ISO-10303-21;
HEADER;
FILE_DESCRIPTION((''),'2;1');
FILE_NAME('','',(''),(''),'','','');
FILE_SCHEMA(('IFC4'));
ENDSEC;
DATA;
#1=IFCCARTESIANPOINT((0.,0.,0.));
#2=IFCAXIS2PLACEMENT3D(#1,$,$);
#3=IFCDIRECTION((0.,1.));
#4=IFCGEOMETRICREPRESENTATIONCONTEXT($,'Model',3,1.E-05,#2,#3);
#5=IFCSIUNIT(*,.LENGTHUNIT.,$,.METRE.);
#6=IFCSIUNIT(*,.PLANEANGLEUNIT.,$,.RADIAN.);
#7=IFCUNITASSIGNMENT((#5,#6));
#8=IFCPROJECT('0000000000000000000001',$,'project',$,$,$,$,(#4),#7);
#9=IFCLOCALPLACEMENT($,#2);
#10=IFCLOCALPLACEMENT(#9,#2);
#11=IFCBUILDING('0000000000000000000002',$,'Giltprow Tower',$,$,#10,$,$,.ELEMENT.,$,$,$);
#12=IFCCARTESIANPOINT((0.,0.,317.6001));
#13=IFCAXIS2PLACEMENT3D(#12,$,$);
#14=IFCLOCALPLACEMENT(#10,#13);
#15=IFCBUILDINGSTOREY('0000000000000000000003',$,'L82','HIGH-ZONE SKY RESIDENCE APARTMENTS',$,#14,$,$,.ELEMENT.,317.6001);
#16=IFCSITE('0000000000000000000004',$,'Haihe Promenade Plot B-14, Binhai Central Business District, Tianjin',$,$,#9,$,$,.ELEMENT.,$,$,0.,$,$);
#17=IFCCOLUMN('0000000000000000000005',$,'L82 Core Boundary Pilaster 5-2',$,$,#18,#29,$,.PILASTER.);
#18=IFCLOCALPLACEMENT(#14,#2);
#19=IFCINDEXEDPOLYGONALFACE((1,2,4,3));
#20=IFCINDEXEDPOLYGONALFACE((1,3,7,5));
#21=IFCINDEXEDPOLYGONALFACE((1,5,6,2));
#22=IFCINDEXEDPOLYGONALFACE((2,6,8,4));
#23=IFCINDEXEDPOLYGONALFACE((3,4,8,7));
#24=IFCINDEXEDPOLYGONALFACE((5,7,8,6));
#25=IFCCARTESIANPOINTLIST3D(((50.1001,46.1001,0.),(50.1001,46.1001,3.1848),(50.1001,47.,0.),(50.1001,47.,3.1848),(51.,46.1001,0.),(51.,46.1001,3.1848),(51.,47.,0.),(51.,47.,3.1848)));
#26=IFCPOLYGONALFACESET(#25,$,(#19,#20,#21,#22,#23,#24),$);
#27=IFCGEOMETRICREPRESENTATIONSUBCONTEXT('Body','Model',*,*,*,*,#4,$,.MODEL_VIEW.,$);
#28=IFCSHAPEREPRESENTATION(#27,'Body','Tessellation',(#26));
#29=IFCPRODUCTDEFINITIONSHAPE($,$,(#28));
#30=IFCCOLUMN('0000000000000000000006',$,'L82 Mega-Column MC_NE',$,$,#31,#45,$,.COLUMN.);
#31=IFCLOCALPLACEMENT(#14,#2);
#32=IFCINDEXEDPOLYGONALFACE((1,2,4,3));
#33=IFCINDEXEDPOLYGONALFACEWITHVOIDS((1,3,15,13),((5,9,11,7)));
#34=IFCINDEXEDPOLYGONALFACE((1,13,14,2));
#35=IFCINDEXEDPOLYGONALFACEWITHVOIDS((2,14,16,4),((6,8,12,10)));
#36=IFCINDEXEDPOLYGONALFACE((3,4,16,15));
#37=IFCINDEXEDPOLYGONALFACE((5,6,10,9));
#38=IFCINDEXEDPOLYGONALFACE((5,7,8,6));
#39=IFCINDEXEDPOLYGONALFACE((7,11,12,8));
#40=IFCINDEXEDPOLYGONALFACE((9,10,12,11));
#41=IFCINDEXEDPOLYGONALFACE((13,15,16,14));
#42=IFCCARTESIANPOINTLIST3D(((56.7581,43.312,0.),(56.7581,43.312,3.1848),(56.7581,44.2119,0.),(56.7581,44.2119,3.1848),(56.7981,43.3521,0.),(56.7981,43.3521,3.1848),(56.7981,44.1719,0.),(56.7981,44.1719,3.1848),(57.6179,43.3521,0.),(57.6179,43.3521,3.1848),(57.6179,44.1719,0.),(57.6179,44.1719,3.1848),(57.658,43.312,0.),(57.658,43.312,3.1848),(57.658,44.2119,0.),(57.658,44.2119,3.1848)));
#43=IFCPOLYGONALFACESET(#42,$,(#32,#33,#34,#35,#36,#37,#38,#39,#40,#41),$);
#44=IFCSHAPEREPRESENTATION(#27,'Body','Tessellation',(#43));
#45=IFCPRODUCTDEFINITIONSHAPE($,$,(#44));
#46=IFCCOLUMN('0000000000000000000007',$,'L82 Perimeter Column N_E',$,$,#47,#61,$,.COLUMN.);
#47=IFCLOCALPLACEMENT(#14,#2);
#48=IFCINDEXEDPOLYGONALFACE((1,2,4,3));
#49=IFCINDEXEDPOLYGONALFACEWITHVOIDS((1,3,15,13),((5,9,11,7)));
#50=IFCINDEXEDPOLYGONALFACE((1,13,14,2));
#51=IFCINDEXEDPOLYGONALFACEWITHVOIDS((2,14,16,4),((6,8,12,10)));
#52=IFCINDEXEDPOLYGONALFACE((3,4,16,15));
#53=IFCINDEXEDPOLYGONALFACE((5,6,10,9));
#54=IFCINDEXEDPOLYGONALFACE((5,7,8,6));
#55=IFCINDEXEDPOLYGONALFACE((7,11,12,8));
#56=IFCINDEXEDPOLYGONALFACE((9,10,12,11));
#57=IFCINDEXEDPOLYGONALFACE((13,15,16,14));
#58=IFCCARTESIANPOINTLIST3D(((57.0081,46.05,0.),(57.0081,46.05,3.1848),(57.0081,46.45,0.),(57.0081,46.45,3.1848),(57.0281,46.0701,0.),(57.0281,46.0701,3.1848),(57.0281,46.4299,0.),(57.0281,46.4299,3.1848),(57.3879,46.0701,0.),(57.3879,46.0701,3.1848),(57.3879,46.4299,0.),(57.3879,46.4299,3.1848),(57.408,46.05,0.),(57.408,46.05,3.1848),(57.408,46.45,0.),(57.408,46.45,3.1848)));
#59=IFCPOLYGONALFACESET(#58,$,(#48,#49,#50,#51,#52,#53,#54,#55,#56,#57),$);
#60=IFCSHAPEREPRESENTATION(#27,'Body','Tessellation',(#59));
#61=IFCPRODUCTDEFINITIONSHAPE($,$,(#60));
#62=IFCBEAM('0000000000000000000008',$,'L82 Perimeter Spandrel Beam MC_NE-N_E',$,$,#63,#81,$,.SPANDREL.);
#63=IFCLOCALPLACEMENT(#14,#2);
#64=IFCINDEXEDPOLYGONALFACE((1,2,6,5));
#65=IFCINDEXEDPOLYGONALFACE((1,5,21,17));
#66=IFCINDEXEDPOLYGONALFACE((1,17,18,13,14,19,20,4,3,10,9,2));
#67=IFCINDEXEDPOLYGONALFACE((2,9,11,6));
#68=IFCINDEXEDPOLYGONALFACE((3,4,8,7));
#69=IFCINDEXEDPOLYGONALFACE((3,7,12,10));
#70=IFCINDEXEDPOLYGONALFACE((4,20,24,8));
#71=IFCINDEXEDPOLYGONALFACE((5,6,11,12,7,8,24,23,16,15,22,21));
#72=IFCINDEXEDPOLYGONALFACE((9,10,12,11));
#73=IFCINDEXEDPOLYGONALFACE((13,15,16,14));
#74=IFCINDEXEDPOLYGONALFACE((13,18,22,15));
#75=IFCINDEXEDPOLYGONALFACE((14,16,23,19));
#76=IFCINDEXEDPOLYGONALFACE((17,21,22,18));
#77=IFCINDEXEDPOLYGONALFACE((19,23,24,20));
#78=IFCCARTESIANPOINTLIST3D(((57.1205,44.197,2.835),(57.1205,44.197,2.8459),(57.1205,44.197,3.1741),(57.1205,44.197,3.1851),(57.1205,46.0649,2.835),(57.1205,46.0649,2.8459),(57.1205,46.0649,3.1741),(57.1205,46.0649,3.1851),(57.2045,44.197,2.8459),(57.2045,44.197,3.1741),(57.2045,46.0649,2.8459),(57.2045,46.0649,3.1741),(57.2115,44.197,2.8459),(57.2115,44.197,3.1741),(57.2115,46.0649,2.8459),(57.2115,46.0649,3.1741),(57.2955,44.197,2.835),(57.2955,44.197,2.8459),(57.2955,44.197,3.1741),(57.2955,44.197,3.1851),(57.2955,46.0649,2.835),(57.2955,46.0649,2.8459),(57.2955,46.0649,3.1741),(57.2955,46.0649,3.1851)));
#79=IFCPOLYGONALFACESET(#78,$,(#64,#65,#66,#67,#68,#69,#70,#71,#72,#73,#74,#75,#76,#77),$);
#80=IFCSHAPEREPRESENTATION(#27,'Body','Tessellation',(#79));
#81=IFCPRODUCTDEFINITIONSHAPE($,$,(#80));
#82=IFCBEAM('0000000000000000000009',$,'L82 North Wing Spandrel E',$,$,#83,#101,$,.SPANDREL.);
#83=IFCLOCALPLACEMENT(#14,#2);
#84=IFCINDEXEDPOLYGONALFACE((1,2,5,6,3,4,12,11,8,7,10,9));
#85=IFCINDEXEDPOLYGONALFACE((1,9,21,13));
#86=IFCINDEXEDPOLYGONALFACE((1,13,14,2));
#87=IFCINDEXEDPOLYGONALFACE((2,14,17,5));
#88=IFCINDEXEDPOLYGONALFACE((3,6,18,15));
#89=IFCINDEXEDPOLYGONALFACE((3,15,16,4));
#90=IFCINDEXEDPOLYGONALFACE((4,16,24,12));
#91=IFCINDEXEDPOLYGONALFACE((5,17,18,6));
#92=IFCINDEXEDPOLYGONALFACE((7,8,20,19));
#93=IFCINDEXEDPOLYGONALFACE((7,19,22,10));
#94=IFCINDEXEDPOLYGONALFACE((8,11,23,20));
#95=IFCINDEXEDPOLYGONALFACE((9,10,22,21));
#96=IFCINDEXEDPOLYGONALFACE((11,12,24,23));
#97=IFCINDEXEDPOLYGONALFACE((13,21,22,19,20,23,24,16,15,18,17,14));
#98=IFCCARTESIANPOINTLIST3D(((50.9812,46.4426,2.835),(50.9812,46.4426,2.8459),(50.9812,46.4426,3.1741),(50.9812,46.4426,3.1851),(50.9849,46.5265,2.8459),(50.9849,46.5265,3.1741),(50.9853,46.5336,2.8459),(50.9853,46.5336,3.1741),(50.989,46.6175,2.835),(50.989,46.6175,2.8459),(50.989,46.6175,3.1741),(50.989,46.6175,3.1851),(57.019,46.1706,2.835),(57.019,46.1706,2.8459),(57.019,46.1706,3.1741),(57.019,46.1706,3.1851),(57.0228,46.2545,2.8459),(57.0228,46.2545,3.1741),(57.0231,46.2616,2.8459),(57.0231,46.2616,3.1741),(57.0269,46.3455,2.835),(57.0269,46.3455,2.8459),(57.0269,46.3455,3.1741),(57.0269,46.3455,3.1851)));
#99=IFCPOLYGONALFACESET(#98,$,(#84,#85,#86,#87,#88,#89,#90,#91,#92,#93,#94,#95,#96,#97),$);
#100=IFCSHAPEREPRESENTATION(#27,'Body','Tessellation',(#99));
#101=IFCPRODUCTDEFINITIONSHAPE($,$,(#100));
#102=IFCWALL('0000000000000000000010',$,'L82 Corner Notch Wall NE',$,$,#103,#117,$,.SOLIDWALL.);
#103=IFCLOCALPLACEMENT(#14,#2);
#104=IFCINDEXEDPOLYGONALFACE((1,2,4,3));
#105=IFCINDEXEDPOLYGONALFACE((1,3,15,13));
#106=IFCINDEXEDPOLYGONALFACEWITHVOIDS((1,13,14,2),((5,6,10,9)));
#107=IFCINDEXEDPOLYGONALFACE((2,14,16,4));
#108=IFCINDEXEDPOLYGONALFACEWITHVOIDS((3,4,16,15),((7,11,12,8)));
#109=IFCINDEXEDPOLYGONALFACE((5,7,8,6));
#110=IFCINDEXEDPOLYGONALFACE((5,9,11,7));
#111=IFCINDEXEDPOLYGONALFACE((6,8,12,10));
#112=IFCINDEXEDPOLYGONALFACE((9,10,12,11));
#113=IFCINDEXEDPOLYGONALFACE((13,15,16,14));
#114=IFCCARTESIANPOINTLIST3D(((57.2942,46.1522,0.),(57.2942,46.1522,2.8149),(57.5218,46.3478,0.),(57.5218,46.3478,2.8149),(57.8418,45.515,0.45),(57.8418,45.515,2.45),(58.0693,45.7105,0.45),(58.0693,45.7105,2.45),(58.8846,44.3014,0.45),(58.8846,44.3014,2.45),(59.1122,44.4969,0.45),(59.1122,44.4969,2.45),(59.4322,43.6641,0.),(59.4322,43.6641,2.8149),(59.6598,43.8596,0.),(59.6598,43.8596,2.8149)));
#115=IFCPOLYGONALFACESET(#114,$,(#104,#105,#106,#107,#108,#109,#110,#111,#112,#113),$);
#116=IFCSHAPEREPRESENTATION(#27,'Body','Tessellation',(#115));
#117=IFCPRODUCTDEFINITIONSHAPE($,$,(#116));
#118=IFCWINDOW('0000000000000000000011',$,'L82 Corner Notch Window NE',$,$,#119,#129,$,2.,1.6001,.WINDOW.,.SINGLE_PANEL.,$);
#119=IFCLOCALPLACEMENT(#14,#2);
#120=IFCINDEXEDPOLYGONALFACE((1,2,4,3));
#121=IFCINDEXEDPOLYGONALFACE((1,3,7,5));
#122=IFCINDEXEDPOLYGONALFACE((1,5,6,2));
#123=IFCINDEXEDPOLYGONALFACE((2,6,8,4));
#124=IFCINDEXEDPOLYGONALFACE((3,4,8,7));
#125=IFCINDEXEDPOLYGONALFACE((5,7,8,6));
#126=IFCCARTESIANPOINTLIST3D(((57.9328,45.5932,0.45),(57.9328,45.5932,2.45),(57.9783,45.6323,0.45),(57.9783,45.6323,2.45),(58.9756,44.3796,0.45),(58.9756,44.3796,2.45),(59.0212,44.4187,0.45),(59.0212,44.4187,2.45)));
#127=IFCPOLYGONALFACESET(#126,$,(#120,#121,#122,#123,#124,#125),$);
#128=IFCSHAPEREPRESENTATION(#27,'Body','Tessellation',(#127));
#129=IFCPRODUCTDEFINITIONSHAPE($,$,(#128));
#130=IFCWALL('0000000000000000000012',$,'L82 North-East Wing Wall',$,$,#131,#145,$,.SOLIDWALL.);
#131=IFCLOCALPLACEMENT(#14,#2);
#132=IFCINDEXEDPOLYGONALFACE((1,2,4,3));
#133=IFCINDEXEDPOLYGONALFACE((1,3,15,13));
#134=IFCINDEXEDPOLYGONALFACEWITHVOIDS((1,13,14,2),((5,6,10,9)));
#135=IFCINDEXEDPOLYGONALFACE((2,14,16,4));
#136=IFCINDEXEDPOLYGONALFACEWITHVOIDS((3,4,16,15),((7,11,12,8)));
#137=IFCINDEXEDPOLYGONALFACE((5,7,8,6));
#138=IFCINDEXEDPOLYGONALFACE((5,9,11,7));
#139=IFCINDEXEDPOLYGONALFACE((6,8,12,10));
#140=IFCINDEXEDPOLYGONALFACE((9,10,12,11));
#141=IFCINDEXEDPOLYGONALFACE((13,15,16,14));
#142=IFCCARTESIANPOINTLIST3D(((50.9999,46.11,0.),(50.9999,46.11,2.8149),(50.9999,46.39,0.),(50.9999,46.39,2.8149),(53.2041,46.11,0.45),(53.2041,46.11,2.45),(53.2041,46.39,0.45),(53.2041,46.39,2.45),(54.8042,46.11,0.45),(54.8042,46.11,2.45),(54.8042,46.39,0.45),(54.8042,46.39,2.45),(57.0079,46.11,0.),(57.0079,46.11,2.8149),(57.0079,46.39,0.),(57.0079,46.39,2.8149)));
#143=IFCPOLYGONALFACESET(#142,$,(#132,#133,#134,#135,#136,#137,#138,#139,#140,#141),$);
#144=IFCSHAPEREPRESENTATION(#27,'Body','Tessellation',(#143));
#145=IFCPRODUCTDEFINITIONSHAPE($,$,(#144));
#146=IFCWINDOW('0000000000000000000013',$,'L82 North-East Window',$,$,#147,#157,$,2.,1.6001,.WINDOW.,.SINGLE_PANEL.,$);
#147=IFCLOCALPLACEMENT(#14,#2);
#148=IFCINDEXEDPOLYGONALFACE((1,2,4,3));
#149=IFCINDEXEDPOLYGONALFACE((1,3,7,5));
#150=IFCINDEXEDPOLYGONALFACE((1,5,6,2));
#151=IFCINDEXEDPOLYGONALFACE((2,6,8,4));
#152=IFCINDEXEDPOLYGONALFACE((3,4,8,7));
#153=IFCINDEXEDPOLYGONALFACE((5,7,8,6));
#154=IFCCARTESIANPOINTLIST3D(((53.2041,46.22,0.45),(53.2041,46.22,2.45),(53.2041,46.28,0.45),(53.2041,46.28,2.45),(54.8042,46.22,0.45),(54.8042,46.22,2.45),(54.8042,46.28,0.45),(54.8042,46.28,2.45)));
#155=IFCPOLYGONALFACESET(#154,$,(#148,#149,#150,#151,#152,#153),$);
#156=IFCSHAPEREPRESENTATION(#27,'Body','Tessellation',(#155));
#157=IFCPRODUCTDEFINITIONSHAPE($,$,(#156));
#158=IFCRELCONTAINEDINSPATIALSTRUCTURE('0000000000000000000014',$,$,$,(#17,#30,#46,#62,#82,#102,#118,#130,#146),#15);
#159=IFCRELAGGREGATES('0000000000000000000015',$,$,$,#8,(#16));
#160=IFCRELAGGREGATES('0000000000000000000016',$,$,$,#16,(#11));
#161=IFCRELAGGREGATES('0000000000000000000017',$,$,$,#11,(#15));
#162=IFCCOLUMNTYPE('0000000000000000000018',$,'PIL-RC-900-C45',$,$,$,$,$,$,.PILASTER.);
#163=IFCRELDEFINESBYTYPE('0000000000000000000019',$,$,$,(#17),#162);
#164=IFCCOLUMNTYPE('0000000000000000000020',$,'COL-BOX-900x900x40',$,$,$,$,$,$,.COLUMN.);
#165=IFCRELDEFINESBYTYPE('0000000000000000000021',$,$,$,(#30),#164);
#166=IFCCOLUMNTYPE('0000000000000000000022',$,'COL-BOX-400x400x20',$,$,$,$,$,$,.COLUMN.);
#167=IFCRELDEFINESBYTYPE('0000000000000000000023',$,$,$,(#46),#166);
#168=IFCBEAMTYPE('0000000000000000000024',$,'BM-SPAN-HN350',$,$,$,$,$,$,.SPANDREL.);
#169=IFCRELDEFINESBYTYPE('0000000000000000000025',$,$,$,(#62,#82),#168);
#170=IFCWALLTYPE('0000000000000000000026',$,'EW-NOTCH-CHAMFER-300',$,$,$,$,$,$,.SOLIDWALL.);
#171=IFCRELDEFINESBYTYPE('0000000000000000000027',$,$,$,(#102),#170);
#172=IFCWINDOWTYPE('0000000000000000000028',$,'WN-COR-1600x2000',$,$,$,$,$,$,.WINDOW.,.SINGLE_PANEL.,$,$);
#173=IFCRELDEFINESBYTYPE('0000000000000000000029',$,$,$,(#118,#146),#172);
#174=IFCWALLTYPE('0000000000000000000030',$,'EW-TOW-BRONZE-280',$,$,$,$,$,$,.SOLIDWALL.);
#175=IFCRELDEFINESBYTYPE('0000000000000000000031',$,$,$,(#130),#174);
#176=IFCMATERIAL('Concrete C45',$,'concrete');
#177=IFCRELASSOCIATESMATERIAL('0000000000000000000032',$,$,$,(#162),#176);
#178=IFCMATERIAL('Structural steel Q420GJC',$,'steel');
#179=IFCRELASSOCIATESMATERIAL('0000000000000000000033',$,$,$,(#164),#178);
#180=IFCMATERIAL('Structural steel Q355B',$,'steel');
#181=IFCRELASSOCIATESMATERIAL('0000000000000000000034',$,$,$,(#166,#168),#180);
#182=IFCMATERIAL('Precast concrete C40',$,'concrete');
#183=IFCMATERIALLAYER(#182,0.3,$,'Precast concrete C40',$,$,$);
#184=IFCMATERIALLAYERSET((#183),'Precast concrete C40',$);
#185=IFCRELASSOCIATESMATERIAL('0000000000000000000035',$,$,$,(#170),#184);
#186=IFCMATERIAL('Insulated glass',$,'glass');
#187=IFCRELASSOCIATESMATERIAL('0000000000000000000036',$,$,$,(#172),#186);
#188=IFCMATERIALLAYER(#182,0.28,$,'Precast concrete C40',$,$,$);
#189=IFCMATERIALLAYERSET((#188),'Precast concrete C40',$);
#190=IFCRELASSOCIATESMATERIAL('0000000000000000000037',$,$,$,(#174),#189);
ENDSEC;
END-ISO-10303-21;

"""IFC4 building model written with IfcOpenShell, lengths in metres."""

from ifc_helpers import new_model, si_unit, direction, frame, frame_2d, origin, origin_2d, place, context, subcontext, project, spatial, rectangle, hollow_rectangle, i_section, extrude, source, transform, mapped, material, layer, layer_set, material_profile, profile_set, type_object, element, fill, save


model = new_model("IFC4")

# Units and contexts
model_context = context("Model", 3, precision=1e-05, world=origin(), true_north=direction((0.0, 1.0)))
body_context = subcontext(model_context, "Body", "Model", "MODEL_VIEW")
ifc_project = project(units=[si_unit("LENGTHUNIT", "METRE"), si_unit("PLANEANGLEUNIT", "RADIAN")], contexts=[model_context])

# Site, building, storey
site_placement = place(None, origin())
site = spatial("IfcSite", under=ifc_project, at=site_placement, Name="Haihe Promenade Plot B-14, Binhai Central Business District, Tianjin", CompositionType="ELEMENT", RefElevation=0.0)
building_placement = place(site_placement, origin())
building = spatial("IfcBuilding", under=site, at=building_placement, Name="Giltprow Tower", CompositionType="ELEMENT")
storey_placement = place(building_placement, frame((0.0, 0.0, 317.6001)))
storey = spatial("IfcBuildingStorey", under=building, at=storey_placement, Name="L82", Description="HIGH-ZONE SKY RESIDENCE APARTMENTS", CompositionType="ELEMENT", Elevation=317.6001)

# Columns
ifc_material_1 = material(Name="Concrete C45", Category="concrete")
ifc_material_profile_1 = material_profile(ifc_material_1, rectangle(XDim=0.8999, YDim=0.8999, at=origin_2d()), Name="RC 900x900")
ifc_profile_set_1 = profile_set([ifc_material_profile_1], Name="Concrete C45")
column_type_1 = type_object("IfcColumnType", Name="PIL-RC-900-C45", PredefinedType="PILASTER", material=ifc_profile_set_1)
shared_shape_1 = source(origin(), body_context, "Body", "SweptSolid", [
    extrude(rectangle(XDim=0.8999, YDim=0.8999, at=origin_2d()), origin(), (0.0, 0.0, 1.0), 3.1848),
])
column_1_placement = place(storey_placement, frame((50.55, 46.55, 0.0), z_axis=(0.0, 0.0, 1.0), x_axis=(1.0, 0.0, 0.0)))
element("IfcColumn", 1, at=column_1_placement, inside=storey, type_object=column_type_1, Name="L82 Core Boundary Pilaster 5-2", PredefinedType="PILASTER", context=body_context, shape_type="MappedRepresentation", body=[
    mapped(shared_shape_1, transform((0.0, 0.0, 0.0), x_axis=(1.0, 0.0, 0.0), y_axis=(0.0, 1.0, 0.0), z_axis=(0.0, 0.0, 1.0), scale=1.0)),
])
ifc_material_2 = material(Name="Structural steel Q420GJC", Category="steel")
ifc_material_profile_2 = material_profile(ifc_material_2, hollow_rectangle(XDim=0.8999, YDim=0.8999, WallThickness=0.04, at=origin_2d()), Name="BOX 900x900x40")
ifc_profile_set_2 = profile_set([ifc_material_profile_2], Name="Structural steel Q420GJC")
column_type_2 = type_object("IfcColumnType", Name="COL-BOX-900x900x40", PredefinedType="COLUMN", material=ifc_profile_set_2)
shared_shape_2 = source(origin(), body_context, "Body", "SweptSolid", [
    extrude(hollow_rectangle(XDim=0.8999, YDim=0.8999, WallThickness=0.04, at=origin_2d()), origin(), (0.0, 0.0, 1.0), 3.1848),
])
column_2_placement = place(storey_placement, frame((57.208, 43.762, 0.0), z_axis=(0.0, 0.0, 1.0), x_axis=(1.0, 0.0, 0.0)))
element("IfcColumn", 2, at=column_2_placement, inside=storey, type_object=column_type_2, Name="L82 Mega-Column MC_NE", PredefinedType="COLUMN", context=body_context, shape_type="MappedRepresentation", body=[
    mapped(shared_shape_2, transform((0.0, 0.0, 0.0), x_axis=(1.0, 0.0, 0.0), y_axis=(0.0, 1.0, 0.0), z_axis=(0.0, 0.0, 1.0), scale=1.0)),
])
ifc_material_3 = material(Name="Structural steel Q355B", Category="steel")
ifc_material_profile_3 = material_profile(ifc_material_3, hollow_rectangle(XDim=0.3999, YDim=0.3999, WallThickness=0.02, at=origin_2d()), Name="BOX 400x400x20")
ifc_profile_set_3 = profile_set([ifc_material_profile_3], Name="Structural steel Q355B")
column_type_3 = type_object("IfcColumnType", Name="COL-BOX-400x400x20", PredefinedType="COLUMN", material=ifc_profile_set_3)
shared_shape_3 = source(origin(), body_context, "Body", "SweptSolid", [
    extrude(hollow_rectangle(XDim=0.3999, YDim=0.3999, WallThickness=0.02, at=origin_2d()), origin(), (0.0, 0.0, 1.0), 3.1848),
])
column_3_placement = place(storey_placement, frame((57.208, 46.25, 0.0), z_axis=(0.0, 0.0, 1.0), x_axis=(1.0, 0.0, 0.0)))
element("IfcColumn", 3, at=column_3_placement, inside=storey, type_object=column_type_3, Name="L82 Perimeter Column N_E", PredefinedType="COLUMN", context=body_context, shape_type="MappedRepresentation", body=[
    mapped(shared_shape_3, transform((0.0, 0.0, 0.0), x_axis=(1.0, 0.0, 0.0), y_axis=(0.0, 1.0, 0.0), z_axis=(0.0, 0.0, 1.0), scale=1.0)),
])

# Beams
ifc_material_profile_4 = material_profile(ifc_material_3, i_section(OverallWidth=0.175, OverallDepth=0.3501, WebThickness=0.0071, FlangeThickness=0.011, at=origin_2d()), Name="HN 350x175x7x11")
ifc_profile_set_4 = profile_set([ifc_material_profile_4], Name="Structural steel Q355B")
beam_type = type_object("IfcBeamType", Name="BM-SPAN-HN350", PredefinedType="SPANDREL", material=ifc_profile_set_4)
shared_shape_4 = source(origin(), body_context, "Body", "SweptSolid", [
    extrude(i_section(OverallWidth=0.175, OverallDepth=0.3501, WebThickness=0.0071, FlangeThickness=0.011, at=origin_2d()), origin(), (0.0, 0.0, 1.0), 1.8679),
])
beam_1_placement = place(storey_placement, frame((57.208, 44.197, 3.01), z_axis=(0.0, 1.0, 0.0), x_axis=(-1.0, 0.0, 0.0)))
element("IfcBeam", 4, at=beam_1_placement, inside=storey, type_object=beam_type, Name="L82 Perimeter Spandrel Beam MC_NE-N_E", PredefinedType="SPANDREL", context=body_context, shape_type="MappedRepresentation", body=[
    mapped(shared_shape_4, transform((0.0, 0.0, 0.0), x_axis=(1.0, 0.0, 0.0), y_axis=(0.0, 1.0, 0.0), z_axis=(0.0, 0.0, 1.0), scale=1.0)),
])
shared_shape_5 = source(origin(), body_context, "Body", "SweptSolid", [
    extrude(i_section(OverallWidth=0.175, OverallDepth=0.3501, WebThickness=0.0071, FlangeThickness=0.011, at=origin_2d()), origin(), (0.0, 0.0, 1.0), 6.0439),
])
beam_2_placement = place(storey_placement, frame((50.9851, 46.53, 3.01), z_axis=(0.998987, -0.044999, 0.0), x_axis=(0.044999, 0.998987, 0.0)))
element("IfcBeam", 5, at=beam_2_placement, inside=storey, type_object=beam_type, Name="L82 North Wing Spandrel E", PredefinedType="SPANDREL", context=body_context, shape_type="MappedRepresentation", body=[
    mapped(shared_shape_5, transform((0.0, 0.0, 0.0), x_axis=(1.0, 0.0, 0.0), y_axis=(0.0, 1.0, 0.0), z_axis=(0.0, 0.0, 1.0), scale=1.0)),
])

# Walls, openings, windows
ifc_material_4 = material(Name="Precast concrete C40", Category="concrete")
ifc_layer_1 = layer(ifc_material_4, 0.3, Name="Precast concrete C40")
ifc_layer_set_1 = layer_set([ifc_layer_1], Name="Precast concrete C40")
wall_type_1 = type_object("IfcWallType", Name="EW-NOTCH-CHAMFER-300", PredefinedType="SOLIDWALL", material=ifc_layer_set_1)
wall_1_placement = place(storey_placement, frame((59.5459, 43.762, 0.0), z_axis=(0.0, 0.0, 1.0), x_axis=(-0.651729, 0.758452, 0.0)))
wall_1 = element("IfcWall", 6, at=wall_1_placement, inside=storey, type_object=wall_type_1, Name="L82 Corner Notch Wall NE", PredefinedType="SOLIDWALL", context=body_context, shape_type="SweptSolid", body=[
    extrude(rectangle(XDim=3.2805, YDim=0.3, at=frame_2d((1.6401, 0.0))), origin(), (0.0, 0.0, 1.0), 2.8149),
])
opening_1_placement = place(wall_1_placement, frame((0.8401, 0.0, 0.45)))
opening_1 = element("IfcOpeningElement", 7, at=opening_1_placement, cuts=wall_1, PredefinedType="OPENING", context=body_context, shape_type="SweptSolid", body=[
    extrude(rectangle(XDim=1.6001, YDim=2.0, at=frame_2d((0.8, 1.0))), frame((0.0, 0.1599, 0.0), z_axis=(0.0, -1.0, 0.0), x_axis=(1.0, 0.0, 0.0)), (0.0, 0.0, 1.0), 0.3201),
])
ifc_material_5 = material(Name="Insulated glass", Category="glass")
window_type = type_object("IfcWindowType", Name="WN-COR-1600x2000", PartitioningType="SINGLE_PANEL", PredefinedType="WINDOW", material=ifc_material_5)
shared_shape_6 = source(origin(), body_context, "Body", "SweptSolid", [
    extrude(rectangle(XDim=1.6001, YDim=2.0, at=frame_2d((0.8, 1.0))), frame((0.0, 0.03, 0.0), z_axis=(0.0, -1.0, 0.0), x_axis=(1.0, 0.0, 0.0)), (0.0, 0.0, 1.0), 0.0601),
])
window_1_placement = place(opening_1_placement, origin())
window_1 = element("IfcWindow", 8, at=window_1_placement, inside=storey, type_object=window_type, Name="L82 Corner Notch Window NE", OverallHeight=2.0, OverallWidth=1.6001, PartitioningType="SINGLE_PANEL", PredefinedType="WINDOW", context=body_context, shape_type="MappedRepresentation", body=[
    mapped(shared_shape_6, transform((0.0, 0.0, 0.0), x_axis=(1.0, 0.0, 0.0), y_axis=(0.0, 1.0, 0.0), z_axis=(0.0, 0.0, 1.0), scale=1.0)),
])
fill(opening_1, window_1)
ifc_layer_2 = layer(ifc_material_4, 0.28, Name="Precast concrete C40")
ifc_layer_set_2 = layer_set([ifc_layer_2], Name="Precast concrete C40")
wall_type_2 = type_object("IfcWallType", Name="EW-TOW-BRONZE-280", PredefinedType="SOLIDWALL", material=ifc_layer_set_2)
wall_2_placement = place(storey_placement, frame((51.0, 46.25, 0.0), z_axis=(0.0, 0.0, 1.0), x_axis=(1.0, 0.0, 0.0)))
wall_2 = element("IfcWall", 9, at=wall_2_placement, inside=storey, type_object=wall_type_2, Name="L82 North-East Wing Wall", PredefinedType="SOLIDWALL", context=body_context, shape_type="SweptSolid", body=[
    extrude(rectangle(XDim=6.0081, YDim=0.28, at=frame_2d((3.0039, 0.0))), origin(), (0.0, 0.0, 1.0), 2.8149),
])
opening_2_placement = place(wall_2_placement, frame((2.2041, 0.0, 0.45)))
opening_2 = element("IfcOpeningElement", 10, at=opening_2_placement, cuts=wall_2, PredefinedType="OPENING", context=body_context, shape_type="SweptSolid", body=[
    extrude(rectangle(XDim=1.6001, YDim=2.0, at=frame_2d((0.8, 1.0))), frame((0.0, 0.1499, 0.0), z_axis=(0.0, -1.0, 0.0), x_axis=(1.0, 0.0, 0.0)), (0.0, 0.0, 1.0), 0.3),
])
window_2_placement = place(opening_2_placement, origin())
window_2 = element("IfcWindow", 11, at=window_2_placement, inside=storey, type_object=window_type, Name="L82 North-East Window", OverallHeight=2.0, OverallWidth=1.6001, PartitioningType="SINGLE_PANEL", PredefinedType="WINDOW", context=body_context, shape_type="MappedRepresentation", body=[
    mapped(shared_shape_6, transform((0.0, 0.0, 0.0), x_axis=(1.0, 0.0, 0.0), y_axis=(0.0, 1.0, 0.0), z_axis=(0.0, 0.0, 1.0), scale=1.0)),
])
fill(opening_2, window_2)

save(model, "model.ifc")
